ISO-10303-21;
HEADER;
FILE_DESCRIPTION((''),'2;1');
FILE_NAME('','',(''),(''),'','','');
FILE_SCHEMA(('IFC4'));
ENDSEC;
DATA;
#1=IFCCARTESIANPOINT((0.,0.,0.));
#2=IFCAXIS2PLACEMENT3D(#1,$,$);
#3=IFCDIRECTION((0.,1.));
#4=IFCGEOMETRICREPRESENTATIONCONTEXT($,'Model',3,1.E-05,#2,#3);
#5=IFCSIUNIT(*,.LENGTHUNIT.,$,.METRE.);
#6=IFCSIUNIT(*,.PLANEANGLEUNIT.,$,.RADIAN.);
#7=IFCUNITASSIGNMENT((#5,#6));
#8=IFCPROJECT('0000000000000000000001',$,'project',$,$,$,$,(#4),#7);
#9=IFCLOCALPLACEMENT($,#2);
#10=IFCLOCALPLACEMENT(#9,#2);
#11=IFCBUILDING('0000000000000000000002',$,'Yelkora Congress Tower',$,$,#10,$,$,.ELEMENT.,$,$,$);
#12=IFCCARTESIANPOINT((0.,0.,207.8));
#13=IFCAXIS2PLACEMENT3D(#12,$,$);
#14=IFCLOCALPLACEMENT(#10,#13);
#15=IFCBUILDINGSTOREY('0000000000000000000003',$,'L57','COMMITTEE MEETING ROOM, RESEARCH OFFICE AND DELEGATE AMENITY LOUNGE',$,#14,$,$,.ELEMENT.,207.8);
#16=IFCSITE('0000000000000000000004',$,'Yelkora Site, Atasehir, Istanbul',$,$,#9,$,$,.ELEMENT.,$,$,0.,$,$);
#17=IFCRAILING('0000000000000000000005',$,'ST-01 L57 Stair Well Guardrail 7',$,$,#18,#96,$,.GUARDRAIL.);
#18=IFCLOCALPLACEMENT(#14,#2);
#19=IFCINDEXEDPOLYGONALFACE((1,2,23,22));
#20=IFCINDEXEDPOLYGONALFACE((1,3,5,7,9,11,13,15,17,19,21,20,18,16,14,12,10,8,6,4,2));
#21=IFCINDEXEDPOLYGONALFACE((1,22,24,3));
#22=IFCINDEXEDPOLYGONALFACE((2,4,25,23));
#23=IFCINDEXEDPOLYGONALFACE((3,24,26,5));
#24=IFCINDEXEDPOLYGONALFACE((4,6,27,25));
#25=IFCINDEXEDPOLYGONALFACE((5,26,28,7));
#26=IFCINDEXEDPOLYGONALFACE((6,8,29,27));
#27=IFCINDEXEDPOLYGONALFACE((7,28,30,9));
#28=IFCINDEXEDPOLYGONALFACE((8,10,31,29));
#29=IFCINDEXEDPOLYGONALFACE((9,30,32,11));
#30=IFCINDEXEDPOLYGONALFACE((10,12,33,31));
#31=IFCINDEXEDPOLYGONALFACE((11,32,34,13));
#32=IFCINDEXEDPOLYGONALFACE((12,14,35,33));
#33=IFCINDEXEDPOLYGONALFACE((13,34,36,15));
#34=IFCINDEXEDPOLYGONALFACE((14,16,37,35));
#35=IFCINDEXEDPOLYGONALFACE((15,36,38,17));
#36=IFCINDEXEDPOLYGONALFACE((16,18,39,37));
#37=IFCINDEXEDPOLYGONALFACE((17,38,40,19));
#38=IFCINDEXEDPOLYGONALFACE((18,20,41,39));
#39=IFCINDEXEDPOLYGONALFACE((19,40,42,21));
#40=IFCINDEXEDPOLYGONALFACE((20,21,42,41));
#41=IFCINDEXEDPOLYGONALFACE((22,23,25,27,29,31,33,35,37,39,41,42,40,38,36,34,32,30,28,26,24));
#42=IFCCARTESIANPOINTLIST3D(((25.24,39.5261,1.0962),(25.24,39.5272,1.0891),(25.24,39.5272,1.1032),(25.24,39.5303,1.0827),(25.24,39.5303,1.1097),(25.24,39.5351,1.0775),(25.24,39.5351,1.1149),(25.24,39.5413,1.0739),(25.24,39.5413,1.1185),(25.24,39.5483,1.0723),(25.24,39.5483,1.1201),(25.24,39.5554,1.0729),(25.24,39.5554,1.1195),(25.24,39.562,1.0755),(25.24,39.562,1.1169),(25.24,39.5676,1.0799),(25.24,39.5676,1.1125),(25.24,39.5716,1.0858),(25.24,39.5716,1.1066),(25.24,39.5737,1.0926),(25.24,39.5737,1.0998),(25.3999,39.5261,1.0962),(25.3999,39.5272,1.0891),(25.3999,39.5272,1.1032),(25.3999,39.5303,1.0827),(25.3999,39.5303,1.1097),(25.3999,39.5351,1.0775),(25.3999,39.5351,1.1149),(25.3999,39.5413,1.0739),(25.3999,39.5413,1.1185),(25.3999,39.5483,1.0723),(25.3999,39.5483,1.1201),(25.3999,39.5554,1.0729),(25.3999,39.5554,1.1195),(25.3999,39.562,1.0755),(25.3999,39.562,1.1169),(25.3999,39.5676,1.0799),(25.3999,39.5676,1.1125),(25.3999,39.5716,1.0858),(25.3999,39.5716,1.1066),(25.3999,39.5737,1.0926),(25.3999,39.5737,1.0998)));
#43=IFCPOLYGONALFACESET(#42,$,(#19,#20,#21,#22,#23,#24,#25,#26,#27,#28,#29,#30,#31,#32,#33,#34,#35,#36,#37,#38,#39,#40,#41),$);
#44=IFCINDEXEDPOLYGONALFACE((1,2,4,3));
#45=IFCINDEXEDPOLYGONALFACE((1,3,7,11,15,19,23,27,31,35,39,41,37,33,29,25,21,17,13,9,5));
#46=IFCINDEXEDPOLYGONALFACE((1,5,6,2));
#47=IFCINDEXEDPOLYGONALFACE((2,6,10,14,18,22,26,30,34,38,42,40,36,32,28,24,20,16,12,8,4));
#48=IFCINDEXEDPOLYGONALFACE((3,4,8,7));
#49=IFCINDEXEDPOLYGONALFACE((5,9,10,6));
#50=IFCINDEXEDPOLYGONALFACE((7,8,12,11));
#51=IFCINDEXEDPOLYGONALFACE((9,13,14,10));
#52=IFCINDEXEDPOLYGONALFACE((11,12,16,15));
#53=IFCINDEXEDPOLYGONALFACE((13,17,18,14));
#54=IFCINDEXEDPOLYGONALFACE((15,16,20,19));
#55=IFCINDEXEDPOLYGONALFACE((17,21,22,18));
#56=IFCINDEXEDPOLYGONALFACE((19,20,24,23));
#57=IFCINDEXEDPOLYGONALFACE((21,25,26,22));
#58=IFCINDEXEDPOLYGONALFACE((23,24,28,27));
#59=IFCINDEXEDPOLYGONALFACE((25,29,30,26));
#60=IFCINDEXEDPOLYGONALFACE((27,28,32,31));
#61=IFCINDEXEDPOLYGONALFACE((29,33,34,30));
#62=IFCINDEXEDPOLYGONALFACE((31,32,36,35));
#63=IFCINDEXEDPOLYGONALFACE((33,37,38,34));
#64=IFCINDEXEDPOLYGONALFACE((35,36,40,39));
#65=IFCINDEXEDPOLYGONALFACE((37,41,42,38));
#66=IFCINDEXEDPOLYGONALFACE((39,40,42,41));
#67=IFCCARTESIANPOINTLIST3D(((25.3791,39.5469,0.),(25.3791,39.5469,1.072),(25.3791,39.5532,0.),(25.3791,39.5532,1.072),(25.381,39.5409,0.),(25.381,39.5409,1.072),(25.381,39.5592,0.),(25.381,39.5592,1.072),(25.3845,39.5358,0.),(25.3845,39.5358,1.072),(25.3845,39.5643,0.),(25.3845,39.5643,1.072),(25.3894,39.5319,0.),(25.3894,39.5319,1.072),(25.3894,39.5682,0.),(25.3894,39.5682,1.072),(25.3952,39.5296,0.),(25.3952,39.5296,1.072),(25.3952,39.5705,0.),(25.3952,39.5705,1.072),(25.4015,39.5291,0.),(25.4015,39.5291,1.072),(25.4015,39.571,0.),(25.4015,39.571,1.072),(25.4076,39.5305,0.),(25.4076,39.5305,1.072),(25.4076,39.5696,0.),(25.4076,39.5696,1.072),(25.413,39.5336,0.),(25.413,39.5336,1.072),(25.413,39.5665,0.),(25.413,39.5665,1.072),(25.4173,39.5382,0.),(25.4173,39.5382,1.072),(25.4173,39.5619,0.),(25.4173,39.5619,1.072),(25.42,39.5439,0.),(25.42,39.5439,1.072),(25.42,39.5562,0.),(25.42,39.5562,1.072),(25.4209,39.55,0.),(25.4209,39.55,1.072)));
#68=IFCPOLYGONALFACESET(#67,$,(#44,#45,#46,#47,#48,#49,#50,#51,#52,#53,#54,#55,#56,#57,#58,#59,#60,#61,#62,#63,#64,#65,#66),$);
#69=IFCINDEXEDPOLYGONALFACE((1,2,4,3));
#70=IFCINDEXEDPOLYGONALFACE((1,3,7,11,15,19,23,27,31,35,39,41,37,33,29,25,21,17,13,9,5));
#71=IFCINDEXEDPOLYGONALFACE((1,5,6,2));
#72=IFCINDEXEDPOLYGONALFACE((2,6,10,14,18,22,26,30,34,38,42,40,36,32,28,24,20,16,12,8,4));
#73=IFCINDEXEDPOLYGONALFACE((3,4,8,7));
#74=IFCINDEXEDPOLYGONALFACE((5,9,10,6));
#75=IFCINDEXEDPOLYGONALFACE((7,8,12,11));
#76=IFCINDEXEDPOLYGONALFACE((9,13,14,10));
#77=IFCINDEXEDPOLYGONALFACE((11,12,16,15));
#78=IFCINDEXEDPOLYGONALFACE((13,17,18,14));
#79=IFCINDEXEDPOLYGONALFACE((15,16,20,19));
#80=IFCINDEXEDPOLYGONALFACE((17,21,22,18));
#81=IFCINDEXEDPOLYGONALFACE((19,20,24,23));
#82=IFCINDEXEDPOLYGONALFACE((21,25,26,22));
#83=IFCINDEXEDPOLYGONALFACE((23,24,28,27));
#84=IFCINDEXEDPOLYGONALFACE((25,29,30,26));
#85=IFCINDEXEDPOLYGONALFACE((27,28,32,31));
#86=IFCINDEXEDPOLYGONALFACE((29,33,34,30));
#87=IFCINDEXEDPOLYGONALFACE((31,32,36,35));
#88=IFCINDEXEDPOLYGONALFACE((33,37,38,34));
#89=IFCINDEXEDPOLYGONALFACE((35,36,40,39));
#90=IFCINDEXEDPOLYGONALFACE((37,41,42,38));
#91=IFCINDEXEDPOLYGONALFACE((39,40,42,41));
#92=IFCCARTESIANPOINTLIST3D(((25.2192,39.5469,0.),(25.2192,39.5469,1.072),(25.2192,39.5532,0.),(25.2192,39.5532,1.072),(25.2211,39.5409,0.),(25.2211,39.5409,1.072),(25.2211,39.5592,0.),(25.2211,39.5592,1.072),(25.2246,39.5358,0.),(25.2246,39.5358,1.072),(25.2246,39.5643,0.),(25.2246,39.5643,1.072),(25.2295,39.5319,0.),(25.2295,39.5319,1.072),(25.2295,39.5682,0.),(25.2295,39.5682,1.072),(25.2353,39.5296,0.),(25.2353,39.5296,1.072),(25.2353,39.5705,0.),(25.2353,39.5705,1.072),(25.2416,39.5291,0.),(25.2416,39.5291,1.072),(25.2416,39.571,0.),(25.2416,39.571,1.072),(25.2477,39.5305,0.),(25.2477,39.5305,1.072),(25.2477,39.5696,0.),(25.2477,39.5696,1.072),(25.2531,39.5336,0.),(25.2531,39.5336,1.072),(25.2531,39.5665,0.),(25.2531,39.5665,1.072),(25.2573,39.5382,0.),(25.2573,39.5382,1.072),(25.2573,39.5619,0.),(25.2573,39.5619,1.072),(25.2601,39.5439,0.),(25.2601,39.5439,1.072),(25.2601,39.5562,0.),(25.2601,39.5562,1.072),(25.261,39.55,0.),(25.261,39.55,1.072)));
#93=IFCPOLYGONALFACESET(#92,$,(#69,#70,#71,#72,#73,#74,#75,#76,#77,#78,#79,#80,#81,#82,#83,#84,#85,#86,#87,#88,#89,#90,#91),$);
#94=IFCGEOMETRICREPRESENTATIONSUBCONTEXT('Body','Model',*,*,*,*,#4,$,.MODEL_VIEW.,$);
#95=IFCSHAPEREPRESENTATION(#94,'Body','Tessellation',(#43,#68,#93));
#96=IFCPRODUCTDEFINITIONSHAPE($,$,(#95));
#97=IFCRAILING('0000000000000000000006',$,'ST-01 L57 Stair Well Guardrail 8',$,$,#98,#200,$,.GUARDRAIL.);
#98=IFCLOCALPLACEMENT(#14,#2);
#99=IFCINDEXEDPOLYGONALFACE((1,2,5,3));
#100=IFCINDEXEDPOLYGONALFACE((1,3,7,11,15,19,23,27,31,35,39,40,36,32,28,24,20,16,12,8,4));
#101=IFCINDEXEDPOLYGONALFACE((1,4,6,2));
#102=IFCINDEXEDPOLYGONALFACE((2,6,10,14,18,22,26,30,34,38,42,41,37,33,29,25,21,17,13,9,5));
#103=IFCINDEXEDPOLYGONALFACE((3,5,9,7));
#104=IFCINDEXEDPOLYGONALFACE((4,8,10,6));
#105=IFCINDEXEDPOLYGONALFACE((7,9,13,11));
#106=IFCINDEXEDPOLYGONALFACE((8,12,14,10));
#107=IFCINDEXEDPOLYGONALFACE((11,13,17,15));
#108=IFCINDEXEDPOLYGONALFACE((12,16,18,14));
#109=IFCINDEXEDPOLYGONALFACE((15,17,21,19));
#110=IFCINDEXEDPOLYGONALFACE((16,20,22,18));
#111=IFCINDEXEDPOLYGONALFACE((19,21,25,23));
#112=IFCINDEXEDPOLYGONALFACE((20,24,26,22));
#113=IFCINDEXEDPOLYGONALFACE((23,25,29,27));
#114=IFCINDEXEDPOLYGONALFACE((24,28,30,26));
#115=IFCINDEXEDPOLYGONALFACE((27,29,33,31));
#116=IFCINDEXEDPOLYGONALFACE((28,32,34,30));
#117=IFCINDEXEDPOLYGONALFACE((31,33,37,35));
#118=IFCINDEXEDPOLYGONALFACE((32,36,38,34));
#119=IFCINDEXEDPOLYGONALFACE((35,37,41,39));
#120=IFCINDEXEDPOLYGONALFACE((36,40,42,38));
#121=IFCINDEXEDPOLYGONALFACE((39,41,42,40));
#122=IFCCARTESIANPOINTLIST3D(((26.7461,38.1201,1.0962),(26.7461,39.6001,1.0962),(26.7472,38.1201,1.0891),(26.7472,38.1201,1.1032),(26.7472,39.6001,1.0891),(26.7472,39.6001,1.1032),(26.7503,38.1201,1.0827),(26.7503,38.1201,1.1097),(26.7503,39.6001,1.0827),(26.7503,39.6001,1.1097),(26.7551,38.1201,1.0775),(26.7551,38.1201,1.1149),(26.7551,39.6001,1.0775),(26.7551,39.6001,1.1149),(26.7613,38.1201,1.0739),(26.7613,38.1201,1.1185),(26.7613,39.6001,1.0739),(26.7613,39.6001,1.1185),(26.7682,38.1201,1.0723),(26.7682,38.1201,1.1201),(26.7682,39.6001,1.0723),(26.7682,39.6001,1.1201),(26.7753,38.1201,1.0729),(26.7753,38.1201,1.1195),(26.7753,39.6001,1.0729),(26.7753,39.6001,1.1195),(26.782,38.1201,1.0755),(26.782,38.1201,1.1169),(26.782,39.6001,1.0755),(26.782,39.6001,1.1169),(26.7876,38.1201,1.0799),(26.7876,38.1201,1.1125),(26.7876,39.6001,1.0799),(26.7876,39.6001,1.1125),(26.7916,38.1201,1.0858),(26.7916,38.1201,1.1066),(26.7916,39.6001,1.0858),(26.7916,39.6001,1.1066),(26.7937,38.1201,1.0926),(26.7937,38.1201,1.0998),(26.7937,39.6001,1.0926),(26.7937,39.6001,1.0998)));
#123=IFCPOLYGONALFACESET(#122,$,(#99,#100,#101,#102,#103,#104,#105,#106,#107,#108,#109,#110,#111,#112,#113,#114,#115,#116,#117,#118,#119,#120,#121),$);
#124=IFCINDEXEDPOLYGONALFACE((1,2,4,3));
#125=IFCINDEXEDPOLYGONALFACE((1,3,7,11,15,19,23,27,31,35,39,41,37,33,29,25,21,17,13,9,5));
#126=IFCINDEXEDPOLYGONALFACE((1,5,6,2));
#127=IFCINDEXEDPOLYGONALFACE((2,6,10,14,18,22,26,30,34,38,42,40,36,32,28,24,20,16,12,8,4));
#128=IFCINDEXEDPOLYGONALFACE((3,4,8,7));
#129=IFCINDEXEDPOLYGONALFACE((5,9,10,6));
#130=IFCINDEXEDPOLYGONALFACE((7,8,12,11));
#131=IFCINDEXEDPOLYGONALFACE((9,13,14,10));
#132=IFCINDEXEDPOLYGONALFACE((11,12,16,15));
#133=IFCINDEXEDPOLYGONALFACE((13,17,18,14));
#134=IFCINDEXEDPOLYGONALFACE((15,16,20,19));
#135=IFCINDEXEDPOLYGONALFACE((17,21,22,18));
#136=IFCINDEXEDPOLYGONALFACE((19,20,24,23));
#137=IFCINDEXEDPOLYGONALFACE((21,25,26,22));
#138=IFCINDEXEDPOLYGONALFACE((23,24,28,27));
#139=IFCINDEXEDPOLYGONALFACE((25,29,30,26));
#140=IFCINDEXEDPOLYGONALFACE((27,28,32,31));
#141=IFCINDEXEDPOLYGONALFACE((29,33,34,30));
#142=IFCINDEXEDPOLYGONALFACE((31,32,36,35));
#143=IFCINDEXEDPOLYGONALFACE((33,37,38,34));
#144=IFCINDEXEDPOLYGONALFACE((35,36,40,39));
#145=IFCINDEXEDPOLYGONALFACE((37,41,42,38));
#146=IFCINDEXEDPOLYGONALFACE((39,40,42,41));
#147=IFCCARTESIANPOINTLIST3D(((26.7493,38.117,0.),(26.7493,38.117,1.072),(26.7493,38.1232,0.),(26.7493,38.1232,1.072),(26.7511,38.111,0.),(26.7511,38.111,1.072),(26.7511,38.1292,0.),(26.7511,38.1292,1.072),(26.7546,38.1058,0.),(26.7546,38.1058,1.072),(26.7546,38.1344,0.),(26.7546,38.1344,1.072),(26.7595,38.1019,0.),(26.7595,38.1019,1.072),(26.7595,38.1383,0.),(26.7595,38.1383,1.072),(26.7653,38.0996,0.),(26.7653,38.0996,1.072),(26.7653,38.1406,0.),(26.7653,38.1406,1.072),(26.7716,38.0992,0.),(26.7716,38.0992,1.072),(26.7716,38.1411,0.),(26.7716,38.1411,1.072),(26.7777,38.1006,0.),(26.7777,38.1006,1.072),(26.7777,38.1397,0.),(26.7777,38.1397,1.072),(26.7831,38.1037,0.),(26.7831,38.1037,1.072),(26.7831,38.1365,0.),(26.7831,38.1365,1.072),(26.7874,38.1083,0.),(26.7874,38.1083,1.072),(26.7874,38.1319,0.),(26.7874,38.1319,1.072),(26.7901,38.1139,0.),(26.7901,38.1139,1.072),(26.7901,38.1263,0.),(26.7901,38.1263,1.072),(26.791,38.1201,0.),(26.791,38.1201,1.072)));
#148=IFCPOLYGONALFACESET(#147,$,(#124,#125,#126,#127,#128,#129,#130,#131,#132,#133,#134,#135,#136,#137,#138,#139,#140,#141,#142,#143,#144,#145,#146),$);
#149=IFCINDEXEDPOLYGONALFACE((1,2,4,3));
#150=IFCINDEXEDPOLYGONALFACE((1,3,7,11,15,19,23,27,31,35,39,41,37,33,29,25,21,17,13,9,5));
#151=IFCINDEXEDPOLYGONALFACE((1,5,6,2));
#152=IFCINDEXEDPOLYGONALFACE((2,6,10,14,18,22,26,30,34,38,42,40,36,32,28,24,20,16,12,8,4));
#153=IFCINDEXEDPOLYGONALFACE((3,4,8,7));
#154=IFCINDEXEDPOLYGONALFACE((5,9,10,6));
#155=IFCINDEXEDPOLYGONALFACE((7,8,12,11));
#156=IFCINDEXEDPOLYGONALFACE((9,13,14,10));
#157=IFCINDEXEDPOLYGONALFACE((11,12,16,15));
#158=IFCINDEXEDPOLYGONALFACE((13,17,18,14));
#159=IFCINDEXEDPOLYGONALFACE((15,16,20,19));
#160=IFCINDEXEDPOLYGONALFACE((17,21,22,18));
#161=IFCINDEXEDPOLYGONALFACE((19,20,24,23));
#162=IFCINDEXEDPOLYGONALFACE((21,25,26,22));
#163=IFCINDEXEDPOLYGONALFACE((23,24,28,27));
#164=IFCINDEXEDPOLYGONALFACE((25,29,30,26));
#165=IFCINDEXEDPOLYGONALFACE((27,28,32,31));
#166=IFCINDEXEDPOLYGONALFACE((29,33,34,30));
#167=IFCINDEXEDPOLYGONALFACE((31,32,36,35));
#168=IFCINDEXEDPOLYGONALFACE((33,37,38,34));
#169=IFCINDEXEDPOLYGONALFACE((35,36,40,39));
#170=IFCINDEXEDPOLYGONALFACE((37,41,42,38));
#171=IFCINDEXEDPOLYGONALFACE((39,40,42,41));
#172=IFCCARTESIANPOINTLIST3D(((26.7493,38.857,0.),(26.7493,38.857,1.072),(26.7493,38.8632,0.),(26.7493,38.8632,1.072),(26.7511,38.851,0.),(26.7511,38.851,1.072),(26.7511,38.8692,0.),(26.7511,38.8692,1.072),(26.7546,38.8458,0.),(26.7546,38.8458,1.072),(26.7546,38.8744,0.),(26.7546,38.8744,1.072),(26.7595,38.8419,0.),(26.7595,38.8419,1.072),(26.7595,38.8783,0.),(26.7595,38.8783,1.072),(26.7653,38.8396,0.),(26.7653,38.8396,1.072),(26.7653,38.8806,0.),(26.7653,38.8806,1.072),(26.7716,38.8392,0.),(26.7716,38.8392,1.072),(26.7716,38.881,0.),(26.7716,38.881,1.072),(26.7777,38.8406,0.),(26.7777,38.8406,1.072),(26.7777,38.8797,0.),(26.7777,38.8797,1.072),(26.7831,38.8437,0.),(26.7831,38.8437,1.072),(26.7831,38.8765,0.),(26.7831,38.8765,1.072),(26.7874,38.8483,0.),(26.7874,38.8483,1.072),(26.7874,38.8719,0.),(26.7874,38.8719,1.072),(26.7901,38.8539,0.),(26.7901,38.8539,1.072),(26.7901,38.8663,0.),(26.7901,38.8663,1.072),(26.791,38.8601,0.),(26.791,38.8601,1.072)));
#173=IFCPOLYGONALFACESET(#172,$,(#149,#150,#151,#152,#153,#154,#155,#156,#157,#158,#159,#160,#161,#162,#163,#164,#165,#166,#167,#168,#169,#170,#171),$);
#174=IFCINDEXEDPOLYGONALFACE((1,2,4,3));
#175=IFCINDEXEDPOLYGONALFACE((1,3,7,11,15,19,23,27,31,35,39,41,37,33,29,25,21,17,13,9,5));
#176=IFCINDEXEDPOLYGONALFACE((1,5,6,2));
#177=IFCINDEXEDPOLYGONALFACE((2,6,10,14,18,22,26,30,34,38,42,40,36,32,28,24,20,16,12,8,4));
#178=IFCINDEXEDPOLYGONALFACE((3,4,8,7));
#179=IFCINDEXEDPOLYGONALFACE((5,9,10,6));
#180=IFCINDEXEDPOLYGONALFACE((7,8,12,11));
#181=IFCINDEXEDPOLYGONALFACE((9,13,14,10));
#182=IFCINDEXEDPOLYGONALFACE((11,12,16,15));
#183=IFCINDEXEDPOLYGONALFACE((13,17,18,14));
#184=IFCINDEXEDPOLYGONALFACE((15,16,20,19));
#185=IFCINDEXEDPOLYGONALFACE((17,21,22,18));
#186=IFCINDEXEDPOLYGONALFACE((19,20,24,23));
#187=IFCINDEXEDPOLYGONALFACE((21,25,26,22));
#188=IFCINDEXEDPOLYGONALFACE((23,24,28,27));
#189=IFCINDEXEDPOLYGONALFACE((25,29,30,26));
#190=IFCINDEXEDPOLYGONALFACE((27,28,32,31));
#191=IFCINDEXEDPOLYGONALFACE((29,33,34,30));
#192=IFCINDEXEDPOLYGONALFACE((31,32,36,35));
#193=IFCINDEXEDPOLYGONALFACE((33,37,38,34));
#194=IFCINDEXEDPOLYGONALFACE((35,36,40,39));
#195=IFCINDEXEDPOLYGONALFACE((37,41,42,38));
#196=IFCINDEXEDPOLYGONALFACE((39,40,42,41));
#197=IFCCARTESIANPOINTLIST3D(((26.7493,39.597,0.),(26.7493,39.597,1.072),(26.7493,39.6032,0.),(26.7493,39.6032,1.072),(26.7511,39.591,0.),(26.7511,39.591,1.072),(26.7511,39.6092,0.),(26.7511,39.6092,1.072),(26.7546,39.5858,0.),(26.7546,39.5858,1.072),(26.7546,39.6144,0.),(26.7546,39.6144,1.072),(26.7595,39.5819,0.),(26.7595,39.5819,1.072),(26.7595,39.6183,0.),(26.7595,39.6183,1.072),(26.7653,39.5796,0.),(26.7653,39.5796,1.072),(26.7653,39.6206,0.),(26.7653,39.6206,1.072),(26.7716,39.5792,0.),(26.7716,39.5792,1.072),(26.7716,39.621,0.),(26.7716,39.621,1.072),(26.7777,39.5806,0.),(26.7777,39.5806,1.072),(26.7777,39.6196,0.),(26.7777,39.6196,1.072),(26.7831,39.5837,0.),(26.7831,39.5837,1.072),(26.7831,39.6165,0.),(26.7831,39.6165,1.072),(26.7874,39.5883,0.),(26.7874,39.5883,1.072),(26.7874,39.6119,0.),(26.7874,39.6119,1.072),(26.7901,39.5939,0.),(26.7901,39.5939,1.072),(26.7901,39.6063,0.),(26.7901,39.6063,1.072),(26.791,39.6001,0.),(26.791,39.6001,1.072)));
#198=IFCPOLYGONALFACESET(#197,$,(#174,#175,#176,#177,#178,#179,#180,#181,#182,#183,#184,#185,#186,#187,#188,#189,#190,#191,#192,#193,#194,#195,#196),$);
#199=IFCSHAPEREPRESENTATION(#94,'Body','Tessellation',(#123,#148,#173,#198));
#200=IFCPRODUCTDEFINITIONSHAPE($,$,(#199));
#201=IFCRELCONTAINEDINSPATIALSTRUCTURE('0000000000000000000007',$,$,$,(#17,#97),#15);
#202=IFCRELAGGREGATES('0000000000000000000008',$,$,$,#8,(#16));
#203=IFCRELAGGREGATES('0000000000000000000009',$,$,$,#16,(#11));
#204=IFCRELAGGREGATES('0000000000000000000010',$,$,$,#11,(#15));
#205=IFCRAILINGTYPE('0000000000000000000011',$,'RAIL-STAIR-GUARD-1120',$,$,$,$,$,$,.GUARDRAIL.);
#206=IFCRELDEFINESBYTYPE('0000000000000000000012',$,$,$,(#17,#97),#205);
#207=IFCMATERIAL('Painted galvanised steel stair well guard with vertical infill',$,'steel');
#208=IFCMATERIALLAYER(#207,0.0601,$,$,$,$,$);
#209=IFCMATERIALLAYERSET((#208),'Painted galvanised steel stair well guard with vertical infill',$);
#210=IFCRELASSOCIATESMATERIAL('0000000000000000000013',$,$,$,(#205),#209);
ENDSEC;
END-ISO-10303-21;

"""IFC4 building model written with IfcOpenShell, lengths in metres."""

from ifc_helpers import new_model, si_unit, direction, frame, origin, origin_2d, place, context, subcontext, project, spatial, circle, extrude, material, layer, layer_set, type_object, element, save


model = new_model("IFC4")

# Units and contexts
model_context = context("Model", 3, precision=1e-05, world=origin(), true_north=direction((0.0, 1.0)))
body_context = subcontext(model_context, "Body", "Model", "MODEL_VIEW")
ifc_project = project(units=[si_unit("LENGTHUNIT", "METRE"), si_unit("PLANEANGLEUNIT", "RADIAN")], contexts=[model_context])

# Site, building, storey
site_placement = place(None, origin())
site = spatial("IfcSite", under=ifc_project, at=site_placement, Name="Yelkora Site, Atasehir, Istanbul", CompositionType="ELEMENT", RefElevation=0.0)
building_placement = place(site_placement, origin())
building = spatial("IfcBuilding", under=site, at=building_placement, Name="Yelkora Congress Tower", CompositionType="ELEMENT")
storey_placement = place(building_placement, frame((0.0, 0.0, 207.8)))
storey = spatial("IfcBuildingStorey", under=building, at=storey_placement, Name="L57", Description="COMMITTEE MEETING ROOM, RESEARCH OFFICE AND DELEGATE AMENITY LOUNGE", CompositionType="ELEMENT", Elevation=207.8)

# Railings
ifc_material_1 = material(Name="Painted galvanised steel stair well guard with vertical infill", Category="steel")
ifc_layer_1 = layer(ifc_material_1, 0.0601)
ifc_layer_set_1 = layer_set([ifc_layer_1], Name="Painted galvanised steel stair well guard with vertical infill")
railing_type_1 = type_object("IfcRailingType", Name="RAIL-STAIR-GUARD-1120", PredefinedType="GUARDRAIL", material=ifc_layer_set_1)
railing_1_placement = place(storey_placement, frame((25.3999, 39.55, 0.0)))
element("IfcRailing", 1, at=railing_1_placement, inside=storey, type_object=railing_type_1, Name="ST-01 L57 Stair Well Guardrail 7", PredefinedType="GUARDRAIL", context=body_context, shape_type="SweptSolid", body=[
    extrude(circle(Radius=0.0239, at=origin_2d()), frame((0.0, 0.0, 1.0962), z_axis=(-1.0, 0.0, 0.0), x_axis=(0.0, -1.0, 0.0)), (0.0, 0.0, 1.0), 0.1599),
    extrude(circle(Radius=0.021, at=origin_2d()), origin(), (0.0, 0.0, 1.0), 1.072),
    extrude(circle(Radius=0.021, at=origin_2d()), frame((-0.1599, 0.0, 0.0)), (0.0, 0.0, 1.0), 1.072),
])
railing_2_placement = place(storey_placement, frame((26.77, 38.1201, 0.0)))
element("IfcRailing", 2, at=railing_2_placement, inside=storey, type_object=railing_type_1, Name="ST-01 L57 Stair Well Guardrail 8", PredefinedType="GUARDRAIL", context=body_context, shape_type="SweptSolid", body=[
    extrude(circle(Radius=0.0239, at=origin_2d()), frame((0.0, 0.0, 1.0962), z_axis=(0.0, 1.0, 0.0), x_axis=(-1.0, 0.0, 0.0)), (0.0, 0.0, 1.0), 1.48),
    extrude(circle(Radius=0.021, at=origin_2d()), origin(), (0.0, 0.0, 1.0), 1.072),
    extrude(circle(Radius=0.021, at=origin_2d()), frame((0.0, 0.74, 0.0)), (0.0, 0.0, 1.0), 1.072),
    extrude(circle(Radius=0.021, at=origin_2d()), frame((0.0, 1.48, 0.0)), (0.0, 0.0, 1.0), 1.072),
])

save(model, "model.ifc")
